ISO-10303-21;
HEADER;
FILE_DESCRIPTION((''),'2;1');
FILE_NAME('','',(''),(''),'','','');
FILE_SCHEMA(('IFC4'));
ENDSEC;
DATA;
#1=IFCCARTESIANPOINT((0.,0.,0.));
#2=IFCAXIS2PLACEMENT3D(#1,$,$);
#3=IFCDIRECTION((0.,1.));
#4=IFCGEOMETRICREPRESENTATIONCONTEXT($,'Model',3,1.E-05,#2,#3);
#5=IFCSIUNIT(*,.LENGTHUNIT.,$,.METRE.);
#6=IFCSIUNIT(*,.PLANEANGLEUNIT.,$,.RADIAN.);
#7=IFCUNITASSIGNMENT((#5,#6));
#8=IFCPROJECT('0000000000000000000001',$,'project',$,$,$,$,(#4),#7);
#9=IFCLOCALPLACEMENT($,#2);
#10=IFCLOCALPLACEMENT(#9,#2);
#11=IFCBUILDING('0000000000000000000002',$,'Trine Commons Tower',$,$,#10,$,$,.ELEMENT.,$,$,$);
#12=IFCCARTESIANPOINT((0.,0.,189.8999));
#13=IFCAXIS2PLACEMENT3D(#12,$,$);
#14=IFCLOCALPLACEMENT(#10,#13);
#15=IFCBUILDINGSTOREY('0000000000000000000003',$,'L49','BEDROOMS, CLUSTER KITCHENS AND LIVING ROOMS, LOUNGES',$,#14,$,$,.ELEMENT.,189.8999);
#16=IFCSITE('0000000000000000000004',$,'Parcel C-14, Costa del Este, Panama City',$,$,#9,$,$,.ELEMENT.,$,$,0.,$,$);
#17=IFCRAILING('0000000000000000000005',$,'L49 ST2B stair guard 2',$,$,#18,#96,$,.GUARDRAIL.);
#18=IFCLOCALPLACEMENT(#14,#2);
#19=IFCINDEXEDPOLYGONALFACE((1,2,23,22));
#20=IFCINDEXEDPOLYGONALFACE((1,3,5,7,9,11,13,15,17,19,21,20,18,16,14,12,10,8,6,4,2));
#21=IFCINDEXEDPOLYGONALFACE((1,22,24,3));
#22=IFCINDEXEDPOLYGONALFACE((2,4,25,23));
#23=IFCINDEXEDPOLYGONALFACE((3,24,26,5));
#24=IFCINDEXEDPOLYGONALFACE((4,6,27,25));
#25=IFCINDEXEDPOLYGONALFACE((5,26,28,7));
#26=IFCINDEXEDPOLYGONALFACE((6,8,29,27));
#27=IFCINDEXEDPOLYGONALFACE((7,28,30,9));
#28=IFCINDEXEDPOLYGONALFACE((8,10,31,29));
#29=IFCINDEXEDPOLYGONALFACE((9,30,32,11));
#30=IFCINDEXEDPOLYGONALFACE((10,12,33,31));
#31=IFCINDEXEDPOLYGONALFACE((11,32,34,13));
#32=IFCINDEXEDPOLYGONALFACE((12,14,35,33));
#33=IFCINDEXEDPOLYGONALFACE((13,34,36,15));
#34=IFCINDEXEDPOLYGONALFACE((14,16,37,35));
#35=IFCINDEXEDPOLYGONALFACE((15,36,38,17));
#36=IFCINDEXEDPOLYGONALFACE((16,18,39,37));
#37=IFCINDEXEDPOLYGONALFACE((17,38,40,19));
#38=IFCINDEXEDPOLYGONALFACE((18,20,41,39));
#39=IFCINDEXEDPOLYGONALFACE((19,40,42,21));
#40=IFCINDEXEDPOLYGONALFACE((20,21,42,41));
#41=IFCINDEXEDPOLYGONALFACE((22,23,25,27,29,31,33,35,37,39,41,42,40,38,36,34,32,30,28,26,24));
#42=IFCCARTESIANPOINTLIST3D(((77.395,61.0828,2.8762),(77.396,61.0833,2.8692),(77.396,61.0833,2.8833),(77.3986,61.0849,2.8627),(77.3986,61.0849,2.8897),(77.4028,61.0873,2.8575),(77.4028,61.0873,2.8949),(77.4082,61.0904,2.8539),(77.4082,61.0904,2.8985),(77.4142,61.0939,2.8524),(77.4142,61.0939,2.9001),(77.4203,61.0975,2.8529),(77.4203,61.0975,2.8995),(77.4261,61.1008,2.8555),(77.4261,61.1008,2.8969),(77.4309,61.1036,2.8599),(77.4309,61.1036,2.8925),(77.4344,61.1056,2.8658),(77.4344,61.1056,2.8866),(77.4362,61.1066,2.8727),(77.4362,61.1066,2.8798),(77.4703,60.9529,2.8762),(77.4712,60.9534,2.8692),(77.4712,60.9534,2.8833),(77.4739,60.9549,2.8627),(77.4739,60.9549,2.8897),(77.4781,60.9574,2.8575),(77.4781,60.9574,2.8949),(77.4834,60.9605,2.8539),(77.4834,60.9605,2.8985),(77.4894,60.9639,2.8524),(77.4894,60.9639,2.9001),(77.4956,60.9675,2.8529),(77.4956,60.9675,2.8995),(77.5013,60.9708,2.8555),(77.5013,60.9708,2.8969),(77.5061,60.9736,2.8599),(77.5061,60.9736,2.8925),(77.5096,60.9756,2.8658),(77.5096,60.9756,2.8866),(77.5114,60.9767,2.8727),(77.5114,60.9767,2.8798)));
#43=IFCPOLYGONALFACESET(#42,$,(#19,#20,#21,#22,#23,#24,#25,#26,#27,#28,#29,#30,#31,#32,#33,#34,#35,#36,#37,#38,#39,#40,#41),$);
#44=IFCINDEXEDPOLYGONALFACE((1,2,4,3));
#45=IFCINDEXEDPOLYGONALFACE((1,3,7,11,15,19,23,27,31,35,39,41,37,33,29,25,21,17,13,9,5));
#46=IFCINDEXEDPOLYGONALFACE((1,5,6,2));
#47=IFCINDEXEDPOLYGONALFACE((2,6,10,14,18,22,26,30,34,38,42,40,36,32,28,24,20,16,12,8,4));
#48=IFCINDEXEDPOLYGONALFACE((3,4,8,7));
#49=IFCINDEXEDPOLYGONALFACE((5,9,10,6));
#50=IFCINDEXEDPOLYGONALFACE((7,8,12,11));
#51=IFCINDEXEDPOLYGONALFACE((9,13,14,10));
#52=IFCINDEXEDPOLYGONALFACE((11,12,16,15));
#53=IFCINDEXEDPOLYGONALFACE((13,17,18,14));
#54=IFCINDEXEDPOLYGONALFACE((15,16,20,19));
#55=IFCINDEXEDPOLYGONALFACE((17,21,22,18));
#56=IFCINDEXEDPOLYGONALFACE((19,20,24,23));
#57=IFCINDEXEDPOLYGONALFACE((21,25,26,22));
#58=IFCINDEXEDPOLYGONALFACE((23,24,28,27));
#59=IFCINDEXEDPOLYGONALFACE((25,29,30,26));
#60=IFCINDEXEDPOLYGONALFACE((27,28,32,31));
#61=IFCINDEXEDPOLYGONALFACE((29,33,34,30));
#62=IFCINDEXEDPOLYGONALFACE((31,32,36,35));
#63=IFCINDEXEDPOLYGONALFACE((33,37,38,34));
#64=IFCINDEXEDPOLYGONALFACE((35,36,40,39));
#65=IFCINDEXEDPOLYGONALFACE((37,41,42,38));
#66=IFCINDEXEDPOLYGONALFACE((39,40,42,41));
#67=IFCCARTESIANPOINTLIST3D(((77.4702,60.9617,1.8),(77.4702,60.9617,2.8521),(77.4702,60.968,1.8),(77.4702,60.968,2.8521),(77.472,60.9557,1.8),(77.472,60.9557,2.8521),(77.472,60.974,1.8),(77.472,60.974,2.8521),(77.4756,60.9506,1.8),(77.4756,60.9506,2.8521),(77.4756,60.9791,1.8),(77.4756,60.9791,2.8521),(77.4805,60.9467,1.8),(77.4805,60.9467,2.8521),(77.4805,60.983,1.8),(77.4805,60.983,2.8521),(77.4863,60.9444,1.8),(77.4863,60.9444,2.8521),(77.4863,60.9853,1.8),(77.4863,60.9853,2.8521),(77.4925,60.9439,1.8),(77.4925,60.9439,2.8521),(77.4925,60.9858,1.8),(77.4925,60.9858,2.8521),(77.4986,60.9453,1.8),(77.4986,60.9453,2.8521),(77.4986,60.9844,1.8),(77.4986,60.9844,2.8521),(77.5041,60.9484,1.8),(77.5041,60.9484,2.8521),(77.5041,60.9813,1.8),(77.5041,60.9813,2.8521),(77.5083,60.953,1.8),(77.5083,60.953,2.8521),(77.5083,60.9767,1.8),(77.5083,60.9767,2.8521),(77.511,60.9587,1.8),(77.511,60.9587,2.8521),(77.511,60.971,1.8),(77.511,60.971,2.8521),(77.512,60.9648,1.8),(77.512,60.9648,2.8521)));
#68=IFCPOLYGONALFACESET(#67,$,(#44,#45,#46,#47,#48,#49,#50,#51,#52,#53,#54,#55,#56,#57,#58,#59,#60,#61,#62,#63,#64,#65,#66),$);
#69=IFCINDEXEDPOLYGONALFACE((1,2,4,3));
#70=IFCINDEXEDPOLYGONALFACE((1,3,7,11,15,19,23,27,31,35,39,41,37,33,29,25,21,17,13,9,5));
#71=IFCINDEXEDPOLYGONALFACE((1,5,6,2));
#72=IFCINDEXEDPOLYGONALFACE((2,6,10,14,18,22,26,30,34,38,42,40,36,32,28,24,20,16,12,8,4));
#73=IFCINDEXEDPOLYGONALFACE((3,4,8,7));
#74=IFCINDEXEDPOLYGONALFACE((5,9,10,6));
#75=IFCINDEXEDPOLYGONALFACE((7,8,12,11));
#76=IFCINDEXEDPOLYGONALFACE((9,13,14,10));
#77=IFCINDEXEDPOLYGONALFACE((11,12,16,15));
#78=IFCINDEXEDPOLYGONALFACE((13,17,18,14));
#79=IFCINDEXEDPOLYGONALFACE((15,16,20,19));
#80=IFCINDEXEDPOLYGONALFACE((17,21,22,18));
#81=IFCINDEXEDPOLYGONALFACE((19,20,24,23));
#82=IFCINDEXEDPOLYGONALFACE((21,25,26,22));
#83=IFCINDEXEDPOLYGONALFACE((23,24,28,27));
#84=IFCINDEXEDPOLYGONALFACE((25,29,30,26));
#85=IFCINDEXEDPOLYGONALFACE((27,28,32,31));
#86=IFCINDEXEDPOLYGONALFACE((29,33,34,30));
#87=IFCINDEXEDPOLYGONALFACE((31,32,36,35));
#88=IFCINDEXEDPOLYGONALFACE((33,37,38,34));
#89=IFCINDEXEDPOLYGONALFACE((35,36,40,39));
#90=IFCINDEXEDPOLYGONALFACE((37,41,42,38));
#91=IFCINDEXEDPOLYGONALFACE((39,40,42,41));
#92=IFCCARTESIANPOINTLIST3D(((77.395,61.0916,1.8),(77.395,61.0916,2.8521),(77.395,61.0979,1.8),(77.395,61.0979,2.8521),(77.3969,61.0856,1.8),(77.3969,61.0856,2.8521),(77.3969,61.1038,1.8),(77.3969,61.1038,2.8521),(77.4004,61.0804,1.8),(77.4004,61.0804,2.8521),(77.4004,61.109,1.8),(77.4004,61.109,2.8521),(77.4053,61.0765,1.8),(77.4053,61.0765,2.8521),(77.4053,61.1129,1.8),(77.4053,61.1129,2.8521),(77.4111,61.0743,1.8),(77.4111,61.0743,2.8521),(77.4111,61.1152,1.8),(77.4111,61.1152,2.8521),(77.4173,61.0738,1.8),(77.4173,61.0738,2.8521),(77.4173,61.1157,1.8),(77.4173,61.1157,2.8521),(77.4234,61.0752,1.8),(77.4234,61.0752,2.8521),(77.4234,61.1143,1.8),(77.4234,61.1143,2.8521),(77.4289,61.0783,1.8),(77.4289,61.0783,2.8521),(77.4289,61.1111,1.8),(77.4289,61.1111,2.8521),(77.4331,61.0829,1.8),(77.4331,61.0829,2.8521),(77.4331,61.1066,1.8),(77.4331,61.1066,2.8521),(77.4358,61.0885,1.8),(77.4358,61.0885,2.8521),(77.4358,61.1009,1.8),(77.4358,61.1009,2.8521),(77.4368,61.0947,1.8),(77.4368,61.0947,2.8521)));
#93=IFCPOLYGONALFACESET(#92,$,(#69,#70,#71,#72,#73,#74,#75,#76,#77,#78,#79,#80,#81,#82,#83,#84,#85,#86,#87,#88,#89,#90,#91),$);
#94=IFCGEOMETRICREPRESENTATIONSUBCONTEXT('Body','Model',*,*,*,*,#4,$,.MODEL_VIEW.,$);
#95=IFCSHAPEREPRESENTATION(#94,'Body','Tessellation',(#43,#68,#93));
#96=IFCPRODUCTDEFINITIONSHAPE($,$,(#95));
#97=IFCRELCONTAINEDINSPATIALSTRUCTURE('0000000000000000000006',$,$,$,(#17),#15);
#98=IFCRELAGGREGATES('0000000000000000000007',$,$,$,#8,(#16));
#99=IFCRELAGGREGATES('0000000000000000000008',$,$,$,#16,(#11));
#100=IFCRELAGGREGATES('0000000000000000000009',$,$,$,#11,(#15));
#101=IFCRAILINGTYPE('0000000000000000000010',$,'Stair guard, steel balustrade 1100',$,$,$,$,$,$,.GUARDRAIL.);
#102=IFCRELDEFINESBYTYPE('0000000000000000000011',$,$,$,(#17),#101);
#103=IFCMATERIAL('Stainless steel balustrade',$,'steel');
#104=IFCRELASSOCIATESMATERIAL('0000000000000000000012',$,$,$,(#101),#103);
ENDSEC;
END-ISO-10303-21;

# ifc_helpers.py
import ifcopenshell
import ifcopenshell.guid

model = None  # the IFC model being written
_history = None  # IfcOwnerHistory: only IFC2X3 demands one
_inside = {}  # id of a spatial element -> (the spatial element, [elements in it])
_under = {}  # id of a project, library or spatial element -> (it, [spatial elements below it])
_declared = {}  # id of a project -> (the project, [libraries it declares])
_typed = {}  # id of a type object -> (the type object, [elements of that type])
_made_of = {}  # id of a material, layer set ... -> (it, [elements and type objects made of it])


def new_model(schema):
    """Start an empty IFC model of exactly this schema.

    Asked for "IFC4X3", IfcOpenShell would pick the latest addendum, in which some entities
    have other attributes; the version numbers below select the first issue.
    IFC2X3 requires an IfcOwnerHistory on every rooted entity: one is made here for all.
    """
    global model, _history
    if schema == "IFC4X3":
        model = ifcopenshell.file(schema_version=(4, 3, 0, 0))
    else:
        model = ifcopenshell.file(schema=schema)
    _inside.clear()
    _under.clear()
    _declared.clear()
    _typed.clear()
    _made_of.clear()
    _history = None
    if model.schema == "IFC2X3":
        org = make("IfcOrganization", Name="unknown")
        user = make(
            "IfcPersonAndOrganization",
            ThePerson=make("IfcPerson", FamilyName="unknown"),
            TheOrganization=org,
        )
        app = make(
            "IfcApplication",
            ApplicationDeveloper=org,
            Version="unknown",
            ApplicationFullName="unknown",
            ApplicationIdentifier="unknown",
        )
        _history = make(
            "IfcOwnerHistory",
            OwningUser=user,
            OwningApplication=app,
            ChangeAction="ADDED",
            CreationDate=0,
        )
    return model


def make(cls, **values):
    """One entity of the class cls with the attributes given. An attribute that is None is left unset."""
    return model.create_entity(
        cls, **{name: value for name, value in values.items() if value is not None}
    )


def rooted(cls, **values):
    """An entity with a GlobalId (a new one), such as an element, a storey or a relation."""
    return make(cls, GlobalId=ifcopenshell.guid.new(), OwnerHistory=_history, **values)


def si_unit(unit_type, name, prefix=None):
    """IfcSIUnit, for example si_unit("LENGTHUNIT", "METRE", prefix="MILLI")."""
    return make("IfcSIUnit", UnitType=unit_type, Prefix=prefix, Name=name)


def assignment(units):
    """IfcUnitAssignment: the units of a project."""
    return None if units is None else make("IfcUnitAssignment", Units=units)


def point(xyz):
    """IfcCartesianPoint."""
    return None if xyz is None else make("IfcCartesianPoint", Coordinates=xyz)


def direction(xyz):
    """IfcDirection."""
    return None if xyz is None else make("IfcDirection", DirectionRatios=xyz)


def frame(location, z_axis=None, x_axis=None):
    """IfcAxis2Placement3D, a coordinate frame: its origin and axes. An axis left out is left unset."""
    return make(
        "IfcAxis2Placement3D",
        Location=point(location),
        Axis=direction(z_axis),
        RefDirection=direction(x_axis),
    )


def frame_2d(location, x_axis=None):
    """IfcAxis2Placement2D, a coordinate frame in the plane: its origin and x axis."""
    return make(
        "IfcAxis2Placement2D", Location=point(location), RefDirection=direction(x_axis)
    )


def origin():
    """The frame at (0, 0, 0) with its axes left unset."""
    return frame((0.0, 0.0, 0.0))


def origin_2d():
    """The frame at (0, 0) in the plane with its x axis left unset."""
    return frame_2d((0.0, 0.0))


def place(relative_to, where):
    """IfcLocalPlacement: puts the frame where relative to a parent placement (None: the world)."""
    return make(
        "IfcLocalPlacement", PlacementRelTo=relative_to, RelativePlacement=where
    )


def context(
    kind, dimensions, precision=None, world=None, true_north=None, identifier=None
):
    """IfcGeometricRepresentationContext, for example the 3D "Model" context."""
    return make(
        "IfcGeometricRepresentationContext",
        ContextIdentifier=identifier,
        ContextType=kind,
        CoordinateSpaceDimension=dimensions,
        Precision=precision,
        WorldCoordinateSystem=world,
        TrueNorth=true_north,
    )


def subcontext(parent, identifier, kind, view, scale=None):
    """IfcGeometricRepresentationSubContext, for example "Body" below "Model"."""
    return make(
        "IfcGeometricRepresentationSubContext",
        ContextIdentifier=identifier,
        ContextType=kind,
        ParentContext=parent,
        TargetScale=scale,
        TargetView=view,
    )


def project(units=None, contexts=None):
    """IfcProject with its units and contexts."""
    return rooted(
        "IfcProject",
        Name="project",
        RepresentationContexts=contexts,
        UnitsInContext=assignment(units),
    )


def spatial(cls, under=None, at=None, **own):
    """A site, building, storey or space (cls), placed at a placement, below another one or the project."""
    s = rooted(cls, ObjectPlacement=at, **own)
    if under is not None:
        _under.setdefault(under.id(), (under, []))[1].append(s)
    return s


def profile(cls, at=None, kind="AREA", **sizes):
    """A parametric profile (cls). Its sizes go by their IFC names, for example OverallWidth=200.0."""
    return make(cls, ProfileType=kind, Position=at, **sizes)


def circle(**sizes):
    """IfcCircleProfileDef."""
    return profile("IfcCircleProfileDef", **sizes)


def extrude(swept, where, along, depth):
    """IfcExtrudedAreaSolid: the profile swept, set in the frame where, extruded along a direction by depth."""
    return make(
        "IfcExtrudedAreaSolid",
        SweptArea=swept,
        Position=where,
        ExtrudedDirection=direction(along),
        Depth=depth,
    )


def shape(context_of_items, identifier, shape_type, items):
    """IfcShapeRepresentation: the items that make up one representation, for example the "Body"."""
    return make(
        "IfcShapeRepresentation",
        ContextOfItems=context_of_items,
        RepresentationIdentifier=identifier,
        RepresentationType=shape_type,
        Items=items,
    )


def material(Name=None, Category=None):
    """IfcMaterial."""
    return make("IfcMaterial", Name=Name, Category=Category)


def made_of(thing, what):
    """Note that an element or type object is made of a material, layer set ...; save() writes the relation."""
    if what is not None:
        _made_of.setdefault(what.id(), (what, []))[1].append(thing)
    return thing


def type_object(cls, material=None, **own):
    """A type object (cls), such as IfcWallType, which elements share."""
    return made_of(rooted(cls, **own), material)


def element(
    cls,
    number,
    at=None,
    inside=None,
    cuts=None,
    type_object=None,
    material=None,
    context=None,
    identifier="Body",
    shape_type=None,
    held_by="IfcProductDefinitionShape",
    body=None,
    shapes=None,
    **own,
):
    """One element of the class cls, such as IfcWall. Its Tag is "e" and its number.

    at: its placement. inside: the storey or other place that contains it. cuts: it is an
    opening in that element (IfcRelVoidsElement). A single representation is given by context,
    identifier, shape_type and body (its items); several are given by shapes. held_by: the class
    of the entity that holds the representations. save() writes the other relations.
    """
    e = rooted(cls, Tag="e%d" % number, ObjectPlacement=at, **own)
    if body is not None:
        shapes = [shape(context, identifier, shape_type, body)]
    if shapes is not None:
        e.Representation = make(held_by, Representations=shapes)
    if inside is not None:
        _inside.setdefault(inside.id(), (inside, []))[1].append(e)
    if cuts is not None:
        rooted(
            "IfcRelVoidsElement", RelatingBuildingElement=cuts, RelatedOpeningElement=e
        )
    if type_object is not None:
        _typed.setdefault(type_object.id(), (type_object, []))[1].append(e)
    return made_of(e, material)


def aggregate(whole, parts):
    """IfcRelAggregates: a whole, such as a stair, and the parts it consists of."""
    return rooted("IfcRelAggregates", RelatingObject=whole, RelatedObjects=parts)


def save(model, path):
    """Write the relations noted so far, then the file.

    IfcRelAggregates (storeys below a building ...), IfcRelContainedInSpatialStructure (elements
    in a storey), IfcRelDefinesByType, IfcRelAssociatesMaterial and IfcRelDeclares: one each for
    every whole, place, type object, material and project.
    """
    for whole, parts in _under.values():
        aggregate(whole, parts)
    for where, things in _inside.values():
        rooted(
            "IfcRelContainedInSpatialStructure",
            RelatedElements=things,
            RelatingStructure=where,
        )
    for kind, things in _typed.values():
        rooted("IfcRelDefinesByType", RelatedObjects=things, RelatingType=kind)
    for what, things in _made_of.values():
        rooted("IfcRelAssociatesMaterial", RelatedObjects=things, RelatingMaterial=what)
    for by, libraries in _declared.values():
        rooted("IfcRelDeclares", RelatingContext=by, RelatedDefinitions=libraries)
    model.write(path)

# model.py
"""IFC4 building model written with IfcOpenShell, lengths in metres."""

from ifc_helpers import new_model, si_unit, direction, frame, origin, origin_2d, place, context, subcontext, project, spatial, circle, extrude, material, type_object, element, save


model = new_model("IFC4")

# Units and contexts
model_context = context("Model", 3, precision=1e-05, world=origin(), true_north=direction((0.0, 1.0)))
body_context = subcontext(model_context, "Body", "Model", "MODEL_VIEW")
ifc_project = project(units=[si_unit("LENGTHUNIT", "METRE"), si_unit("PLANEANGLEUNIT", "RADIAN")], contexts=[model_context])

# Site, building, storey
site_placement = place(None, origin())
site = spatial("IfcSite", under=ifc_project, at=site_placement, Name="Parcel C-14, Costa del Este, Panama City", CompositionType="ELEMENT", RefElevation=0.0)
building_placement = place(site_placement, origin())
building = spatial("IfcBuilding", under=site, at=building_placement, Name="Trine Commons Tower", CompositionType="ELEMENT")
storey_placement = place(building_placement, frame((0.0, 0.0, 189.8999)))
storey = spatial("IfcBuildingStorey", under=building, at=storey_placement, Name="L49", Description="BEDROOMS, CLUSTER KITCHENS AND LIVING ROOMS, LOUNGES", CompositionType="ELEMENT", Elevation=189.8999)

# Railing
ifc_material_1 = material(Name="Stainless steel balustrade", Category="steel")
railing_type_1 = type_object("IfcRailingType", Name="Stair guard, steel balustrade 1100", PredefinedType="GUARDRAIL", material=ifc_material_1)
railing_1_placement = place(storey_placement, frame((77.491, 60.9648, 1.8)))
element("IfcRailing", 1, at=railing_1_placement, inside=storey, type_object=railing_type_1, Name="L49 ST2B stair guard 2", PredefinedType="GUARDRAIL", context=body_context, shape_type="SweptSolid", body=[
    extrude(circle(Radius=0.0239, at=origin_2d()), frame((0.0, 0.0, 1.0762), z_axis=(-0.501036, 0.865426, 0.0), x_axis=(-0.865426, -0.501036, 0.0)), (0.0, 0.0, 1.0), 0.1501),
    extrude(circle(Radius=0.021, at=origin_2d()), origin(), (0.0, 0.0, 1.0), 1.052),
    extrude(circle(Radius=0.021, at=origin_2d()), frame((-0.0752, 0.1299, 0.0)), (0.0, 0.0, 1.0), 1.052),
])

save(model, "model.ifc")
